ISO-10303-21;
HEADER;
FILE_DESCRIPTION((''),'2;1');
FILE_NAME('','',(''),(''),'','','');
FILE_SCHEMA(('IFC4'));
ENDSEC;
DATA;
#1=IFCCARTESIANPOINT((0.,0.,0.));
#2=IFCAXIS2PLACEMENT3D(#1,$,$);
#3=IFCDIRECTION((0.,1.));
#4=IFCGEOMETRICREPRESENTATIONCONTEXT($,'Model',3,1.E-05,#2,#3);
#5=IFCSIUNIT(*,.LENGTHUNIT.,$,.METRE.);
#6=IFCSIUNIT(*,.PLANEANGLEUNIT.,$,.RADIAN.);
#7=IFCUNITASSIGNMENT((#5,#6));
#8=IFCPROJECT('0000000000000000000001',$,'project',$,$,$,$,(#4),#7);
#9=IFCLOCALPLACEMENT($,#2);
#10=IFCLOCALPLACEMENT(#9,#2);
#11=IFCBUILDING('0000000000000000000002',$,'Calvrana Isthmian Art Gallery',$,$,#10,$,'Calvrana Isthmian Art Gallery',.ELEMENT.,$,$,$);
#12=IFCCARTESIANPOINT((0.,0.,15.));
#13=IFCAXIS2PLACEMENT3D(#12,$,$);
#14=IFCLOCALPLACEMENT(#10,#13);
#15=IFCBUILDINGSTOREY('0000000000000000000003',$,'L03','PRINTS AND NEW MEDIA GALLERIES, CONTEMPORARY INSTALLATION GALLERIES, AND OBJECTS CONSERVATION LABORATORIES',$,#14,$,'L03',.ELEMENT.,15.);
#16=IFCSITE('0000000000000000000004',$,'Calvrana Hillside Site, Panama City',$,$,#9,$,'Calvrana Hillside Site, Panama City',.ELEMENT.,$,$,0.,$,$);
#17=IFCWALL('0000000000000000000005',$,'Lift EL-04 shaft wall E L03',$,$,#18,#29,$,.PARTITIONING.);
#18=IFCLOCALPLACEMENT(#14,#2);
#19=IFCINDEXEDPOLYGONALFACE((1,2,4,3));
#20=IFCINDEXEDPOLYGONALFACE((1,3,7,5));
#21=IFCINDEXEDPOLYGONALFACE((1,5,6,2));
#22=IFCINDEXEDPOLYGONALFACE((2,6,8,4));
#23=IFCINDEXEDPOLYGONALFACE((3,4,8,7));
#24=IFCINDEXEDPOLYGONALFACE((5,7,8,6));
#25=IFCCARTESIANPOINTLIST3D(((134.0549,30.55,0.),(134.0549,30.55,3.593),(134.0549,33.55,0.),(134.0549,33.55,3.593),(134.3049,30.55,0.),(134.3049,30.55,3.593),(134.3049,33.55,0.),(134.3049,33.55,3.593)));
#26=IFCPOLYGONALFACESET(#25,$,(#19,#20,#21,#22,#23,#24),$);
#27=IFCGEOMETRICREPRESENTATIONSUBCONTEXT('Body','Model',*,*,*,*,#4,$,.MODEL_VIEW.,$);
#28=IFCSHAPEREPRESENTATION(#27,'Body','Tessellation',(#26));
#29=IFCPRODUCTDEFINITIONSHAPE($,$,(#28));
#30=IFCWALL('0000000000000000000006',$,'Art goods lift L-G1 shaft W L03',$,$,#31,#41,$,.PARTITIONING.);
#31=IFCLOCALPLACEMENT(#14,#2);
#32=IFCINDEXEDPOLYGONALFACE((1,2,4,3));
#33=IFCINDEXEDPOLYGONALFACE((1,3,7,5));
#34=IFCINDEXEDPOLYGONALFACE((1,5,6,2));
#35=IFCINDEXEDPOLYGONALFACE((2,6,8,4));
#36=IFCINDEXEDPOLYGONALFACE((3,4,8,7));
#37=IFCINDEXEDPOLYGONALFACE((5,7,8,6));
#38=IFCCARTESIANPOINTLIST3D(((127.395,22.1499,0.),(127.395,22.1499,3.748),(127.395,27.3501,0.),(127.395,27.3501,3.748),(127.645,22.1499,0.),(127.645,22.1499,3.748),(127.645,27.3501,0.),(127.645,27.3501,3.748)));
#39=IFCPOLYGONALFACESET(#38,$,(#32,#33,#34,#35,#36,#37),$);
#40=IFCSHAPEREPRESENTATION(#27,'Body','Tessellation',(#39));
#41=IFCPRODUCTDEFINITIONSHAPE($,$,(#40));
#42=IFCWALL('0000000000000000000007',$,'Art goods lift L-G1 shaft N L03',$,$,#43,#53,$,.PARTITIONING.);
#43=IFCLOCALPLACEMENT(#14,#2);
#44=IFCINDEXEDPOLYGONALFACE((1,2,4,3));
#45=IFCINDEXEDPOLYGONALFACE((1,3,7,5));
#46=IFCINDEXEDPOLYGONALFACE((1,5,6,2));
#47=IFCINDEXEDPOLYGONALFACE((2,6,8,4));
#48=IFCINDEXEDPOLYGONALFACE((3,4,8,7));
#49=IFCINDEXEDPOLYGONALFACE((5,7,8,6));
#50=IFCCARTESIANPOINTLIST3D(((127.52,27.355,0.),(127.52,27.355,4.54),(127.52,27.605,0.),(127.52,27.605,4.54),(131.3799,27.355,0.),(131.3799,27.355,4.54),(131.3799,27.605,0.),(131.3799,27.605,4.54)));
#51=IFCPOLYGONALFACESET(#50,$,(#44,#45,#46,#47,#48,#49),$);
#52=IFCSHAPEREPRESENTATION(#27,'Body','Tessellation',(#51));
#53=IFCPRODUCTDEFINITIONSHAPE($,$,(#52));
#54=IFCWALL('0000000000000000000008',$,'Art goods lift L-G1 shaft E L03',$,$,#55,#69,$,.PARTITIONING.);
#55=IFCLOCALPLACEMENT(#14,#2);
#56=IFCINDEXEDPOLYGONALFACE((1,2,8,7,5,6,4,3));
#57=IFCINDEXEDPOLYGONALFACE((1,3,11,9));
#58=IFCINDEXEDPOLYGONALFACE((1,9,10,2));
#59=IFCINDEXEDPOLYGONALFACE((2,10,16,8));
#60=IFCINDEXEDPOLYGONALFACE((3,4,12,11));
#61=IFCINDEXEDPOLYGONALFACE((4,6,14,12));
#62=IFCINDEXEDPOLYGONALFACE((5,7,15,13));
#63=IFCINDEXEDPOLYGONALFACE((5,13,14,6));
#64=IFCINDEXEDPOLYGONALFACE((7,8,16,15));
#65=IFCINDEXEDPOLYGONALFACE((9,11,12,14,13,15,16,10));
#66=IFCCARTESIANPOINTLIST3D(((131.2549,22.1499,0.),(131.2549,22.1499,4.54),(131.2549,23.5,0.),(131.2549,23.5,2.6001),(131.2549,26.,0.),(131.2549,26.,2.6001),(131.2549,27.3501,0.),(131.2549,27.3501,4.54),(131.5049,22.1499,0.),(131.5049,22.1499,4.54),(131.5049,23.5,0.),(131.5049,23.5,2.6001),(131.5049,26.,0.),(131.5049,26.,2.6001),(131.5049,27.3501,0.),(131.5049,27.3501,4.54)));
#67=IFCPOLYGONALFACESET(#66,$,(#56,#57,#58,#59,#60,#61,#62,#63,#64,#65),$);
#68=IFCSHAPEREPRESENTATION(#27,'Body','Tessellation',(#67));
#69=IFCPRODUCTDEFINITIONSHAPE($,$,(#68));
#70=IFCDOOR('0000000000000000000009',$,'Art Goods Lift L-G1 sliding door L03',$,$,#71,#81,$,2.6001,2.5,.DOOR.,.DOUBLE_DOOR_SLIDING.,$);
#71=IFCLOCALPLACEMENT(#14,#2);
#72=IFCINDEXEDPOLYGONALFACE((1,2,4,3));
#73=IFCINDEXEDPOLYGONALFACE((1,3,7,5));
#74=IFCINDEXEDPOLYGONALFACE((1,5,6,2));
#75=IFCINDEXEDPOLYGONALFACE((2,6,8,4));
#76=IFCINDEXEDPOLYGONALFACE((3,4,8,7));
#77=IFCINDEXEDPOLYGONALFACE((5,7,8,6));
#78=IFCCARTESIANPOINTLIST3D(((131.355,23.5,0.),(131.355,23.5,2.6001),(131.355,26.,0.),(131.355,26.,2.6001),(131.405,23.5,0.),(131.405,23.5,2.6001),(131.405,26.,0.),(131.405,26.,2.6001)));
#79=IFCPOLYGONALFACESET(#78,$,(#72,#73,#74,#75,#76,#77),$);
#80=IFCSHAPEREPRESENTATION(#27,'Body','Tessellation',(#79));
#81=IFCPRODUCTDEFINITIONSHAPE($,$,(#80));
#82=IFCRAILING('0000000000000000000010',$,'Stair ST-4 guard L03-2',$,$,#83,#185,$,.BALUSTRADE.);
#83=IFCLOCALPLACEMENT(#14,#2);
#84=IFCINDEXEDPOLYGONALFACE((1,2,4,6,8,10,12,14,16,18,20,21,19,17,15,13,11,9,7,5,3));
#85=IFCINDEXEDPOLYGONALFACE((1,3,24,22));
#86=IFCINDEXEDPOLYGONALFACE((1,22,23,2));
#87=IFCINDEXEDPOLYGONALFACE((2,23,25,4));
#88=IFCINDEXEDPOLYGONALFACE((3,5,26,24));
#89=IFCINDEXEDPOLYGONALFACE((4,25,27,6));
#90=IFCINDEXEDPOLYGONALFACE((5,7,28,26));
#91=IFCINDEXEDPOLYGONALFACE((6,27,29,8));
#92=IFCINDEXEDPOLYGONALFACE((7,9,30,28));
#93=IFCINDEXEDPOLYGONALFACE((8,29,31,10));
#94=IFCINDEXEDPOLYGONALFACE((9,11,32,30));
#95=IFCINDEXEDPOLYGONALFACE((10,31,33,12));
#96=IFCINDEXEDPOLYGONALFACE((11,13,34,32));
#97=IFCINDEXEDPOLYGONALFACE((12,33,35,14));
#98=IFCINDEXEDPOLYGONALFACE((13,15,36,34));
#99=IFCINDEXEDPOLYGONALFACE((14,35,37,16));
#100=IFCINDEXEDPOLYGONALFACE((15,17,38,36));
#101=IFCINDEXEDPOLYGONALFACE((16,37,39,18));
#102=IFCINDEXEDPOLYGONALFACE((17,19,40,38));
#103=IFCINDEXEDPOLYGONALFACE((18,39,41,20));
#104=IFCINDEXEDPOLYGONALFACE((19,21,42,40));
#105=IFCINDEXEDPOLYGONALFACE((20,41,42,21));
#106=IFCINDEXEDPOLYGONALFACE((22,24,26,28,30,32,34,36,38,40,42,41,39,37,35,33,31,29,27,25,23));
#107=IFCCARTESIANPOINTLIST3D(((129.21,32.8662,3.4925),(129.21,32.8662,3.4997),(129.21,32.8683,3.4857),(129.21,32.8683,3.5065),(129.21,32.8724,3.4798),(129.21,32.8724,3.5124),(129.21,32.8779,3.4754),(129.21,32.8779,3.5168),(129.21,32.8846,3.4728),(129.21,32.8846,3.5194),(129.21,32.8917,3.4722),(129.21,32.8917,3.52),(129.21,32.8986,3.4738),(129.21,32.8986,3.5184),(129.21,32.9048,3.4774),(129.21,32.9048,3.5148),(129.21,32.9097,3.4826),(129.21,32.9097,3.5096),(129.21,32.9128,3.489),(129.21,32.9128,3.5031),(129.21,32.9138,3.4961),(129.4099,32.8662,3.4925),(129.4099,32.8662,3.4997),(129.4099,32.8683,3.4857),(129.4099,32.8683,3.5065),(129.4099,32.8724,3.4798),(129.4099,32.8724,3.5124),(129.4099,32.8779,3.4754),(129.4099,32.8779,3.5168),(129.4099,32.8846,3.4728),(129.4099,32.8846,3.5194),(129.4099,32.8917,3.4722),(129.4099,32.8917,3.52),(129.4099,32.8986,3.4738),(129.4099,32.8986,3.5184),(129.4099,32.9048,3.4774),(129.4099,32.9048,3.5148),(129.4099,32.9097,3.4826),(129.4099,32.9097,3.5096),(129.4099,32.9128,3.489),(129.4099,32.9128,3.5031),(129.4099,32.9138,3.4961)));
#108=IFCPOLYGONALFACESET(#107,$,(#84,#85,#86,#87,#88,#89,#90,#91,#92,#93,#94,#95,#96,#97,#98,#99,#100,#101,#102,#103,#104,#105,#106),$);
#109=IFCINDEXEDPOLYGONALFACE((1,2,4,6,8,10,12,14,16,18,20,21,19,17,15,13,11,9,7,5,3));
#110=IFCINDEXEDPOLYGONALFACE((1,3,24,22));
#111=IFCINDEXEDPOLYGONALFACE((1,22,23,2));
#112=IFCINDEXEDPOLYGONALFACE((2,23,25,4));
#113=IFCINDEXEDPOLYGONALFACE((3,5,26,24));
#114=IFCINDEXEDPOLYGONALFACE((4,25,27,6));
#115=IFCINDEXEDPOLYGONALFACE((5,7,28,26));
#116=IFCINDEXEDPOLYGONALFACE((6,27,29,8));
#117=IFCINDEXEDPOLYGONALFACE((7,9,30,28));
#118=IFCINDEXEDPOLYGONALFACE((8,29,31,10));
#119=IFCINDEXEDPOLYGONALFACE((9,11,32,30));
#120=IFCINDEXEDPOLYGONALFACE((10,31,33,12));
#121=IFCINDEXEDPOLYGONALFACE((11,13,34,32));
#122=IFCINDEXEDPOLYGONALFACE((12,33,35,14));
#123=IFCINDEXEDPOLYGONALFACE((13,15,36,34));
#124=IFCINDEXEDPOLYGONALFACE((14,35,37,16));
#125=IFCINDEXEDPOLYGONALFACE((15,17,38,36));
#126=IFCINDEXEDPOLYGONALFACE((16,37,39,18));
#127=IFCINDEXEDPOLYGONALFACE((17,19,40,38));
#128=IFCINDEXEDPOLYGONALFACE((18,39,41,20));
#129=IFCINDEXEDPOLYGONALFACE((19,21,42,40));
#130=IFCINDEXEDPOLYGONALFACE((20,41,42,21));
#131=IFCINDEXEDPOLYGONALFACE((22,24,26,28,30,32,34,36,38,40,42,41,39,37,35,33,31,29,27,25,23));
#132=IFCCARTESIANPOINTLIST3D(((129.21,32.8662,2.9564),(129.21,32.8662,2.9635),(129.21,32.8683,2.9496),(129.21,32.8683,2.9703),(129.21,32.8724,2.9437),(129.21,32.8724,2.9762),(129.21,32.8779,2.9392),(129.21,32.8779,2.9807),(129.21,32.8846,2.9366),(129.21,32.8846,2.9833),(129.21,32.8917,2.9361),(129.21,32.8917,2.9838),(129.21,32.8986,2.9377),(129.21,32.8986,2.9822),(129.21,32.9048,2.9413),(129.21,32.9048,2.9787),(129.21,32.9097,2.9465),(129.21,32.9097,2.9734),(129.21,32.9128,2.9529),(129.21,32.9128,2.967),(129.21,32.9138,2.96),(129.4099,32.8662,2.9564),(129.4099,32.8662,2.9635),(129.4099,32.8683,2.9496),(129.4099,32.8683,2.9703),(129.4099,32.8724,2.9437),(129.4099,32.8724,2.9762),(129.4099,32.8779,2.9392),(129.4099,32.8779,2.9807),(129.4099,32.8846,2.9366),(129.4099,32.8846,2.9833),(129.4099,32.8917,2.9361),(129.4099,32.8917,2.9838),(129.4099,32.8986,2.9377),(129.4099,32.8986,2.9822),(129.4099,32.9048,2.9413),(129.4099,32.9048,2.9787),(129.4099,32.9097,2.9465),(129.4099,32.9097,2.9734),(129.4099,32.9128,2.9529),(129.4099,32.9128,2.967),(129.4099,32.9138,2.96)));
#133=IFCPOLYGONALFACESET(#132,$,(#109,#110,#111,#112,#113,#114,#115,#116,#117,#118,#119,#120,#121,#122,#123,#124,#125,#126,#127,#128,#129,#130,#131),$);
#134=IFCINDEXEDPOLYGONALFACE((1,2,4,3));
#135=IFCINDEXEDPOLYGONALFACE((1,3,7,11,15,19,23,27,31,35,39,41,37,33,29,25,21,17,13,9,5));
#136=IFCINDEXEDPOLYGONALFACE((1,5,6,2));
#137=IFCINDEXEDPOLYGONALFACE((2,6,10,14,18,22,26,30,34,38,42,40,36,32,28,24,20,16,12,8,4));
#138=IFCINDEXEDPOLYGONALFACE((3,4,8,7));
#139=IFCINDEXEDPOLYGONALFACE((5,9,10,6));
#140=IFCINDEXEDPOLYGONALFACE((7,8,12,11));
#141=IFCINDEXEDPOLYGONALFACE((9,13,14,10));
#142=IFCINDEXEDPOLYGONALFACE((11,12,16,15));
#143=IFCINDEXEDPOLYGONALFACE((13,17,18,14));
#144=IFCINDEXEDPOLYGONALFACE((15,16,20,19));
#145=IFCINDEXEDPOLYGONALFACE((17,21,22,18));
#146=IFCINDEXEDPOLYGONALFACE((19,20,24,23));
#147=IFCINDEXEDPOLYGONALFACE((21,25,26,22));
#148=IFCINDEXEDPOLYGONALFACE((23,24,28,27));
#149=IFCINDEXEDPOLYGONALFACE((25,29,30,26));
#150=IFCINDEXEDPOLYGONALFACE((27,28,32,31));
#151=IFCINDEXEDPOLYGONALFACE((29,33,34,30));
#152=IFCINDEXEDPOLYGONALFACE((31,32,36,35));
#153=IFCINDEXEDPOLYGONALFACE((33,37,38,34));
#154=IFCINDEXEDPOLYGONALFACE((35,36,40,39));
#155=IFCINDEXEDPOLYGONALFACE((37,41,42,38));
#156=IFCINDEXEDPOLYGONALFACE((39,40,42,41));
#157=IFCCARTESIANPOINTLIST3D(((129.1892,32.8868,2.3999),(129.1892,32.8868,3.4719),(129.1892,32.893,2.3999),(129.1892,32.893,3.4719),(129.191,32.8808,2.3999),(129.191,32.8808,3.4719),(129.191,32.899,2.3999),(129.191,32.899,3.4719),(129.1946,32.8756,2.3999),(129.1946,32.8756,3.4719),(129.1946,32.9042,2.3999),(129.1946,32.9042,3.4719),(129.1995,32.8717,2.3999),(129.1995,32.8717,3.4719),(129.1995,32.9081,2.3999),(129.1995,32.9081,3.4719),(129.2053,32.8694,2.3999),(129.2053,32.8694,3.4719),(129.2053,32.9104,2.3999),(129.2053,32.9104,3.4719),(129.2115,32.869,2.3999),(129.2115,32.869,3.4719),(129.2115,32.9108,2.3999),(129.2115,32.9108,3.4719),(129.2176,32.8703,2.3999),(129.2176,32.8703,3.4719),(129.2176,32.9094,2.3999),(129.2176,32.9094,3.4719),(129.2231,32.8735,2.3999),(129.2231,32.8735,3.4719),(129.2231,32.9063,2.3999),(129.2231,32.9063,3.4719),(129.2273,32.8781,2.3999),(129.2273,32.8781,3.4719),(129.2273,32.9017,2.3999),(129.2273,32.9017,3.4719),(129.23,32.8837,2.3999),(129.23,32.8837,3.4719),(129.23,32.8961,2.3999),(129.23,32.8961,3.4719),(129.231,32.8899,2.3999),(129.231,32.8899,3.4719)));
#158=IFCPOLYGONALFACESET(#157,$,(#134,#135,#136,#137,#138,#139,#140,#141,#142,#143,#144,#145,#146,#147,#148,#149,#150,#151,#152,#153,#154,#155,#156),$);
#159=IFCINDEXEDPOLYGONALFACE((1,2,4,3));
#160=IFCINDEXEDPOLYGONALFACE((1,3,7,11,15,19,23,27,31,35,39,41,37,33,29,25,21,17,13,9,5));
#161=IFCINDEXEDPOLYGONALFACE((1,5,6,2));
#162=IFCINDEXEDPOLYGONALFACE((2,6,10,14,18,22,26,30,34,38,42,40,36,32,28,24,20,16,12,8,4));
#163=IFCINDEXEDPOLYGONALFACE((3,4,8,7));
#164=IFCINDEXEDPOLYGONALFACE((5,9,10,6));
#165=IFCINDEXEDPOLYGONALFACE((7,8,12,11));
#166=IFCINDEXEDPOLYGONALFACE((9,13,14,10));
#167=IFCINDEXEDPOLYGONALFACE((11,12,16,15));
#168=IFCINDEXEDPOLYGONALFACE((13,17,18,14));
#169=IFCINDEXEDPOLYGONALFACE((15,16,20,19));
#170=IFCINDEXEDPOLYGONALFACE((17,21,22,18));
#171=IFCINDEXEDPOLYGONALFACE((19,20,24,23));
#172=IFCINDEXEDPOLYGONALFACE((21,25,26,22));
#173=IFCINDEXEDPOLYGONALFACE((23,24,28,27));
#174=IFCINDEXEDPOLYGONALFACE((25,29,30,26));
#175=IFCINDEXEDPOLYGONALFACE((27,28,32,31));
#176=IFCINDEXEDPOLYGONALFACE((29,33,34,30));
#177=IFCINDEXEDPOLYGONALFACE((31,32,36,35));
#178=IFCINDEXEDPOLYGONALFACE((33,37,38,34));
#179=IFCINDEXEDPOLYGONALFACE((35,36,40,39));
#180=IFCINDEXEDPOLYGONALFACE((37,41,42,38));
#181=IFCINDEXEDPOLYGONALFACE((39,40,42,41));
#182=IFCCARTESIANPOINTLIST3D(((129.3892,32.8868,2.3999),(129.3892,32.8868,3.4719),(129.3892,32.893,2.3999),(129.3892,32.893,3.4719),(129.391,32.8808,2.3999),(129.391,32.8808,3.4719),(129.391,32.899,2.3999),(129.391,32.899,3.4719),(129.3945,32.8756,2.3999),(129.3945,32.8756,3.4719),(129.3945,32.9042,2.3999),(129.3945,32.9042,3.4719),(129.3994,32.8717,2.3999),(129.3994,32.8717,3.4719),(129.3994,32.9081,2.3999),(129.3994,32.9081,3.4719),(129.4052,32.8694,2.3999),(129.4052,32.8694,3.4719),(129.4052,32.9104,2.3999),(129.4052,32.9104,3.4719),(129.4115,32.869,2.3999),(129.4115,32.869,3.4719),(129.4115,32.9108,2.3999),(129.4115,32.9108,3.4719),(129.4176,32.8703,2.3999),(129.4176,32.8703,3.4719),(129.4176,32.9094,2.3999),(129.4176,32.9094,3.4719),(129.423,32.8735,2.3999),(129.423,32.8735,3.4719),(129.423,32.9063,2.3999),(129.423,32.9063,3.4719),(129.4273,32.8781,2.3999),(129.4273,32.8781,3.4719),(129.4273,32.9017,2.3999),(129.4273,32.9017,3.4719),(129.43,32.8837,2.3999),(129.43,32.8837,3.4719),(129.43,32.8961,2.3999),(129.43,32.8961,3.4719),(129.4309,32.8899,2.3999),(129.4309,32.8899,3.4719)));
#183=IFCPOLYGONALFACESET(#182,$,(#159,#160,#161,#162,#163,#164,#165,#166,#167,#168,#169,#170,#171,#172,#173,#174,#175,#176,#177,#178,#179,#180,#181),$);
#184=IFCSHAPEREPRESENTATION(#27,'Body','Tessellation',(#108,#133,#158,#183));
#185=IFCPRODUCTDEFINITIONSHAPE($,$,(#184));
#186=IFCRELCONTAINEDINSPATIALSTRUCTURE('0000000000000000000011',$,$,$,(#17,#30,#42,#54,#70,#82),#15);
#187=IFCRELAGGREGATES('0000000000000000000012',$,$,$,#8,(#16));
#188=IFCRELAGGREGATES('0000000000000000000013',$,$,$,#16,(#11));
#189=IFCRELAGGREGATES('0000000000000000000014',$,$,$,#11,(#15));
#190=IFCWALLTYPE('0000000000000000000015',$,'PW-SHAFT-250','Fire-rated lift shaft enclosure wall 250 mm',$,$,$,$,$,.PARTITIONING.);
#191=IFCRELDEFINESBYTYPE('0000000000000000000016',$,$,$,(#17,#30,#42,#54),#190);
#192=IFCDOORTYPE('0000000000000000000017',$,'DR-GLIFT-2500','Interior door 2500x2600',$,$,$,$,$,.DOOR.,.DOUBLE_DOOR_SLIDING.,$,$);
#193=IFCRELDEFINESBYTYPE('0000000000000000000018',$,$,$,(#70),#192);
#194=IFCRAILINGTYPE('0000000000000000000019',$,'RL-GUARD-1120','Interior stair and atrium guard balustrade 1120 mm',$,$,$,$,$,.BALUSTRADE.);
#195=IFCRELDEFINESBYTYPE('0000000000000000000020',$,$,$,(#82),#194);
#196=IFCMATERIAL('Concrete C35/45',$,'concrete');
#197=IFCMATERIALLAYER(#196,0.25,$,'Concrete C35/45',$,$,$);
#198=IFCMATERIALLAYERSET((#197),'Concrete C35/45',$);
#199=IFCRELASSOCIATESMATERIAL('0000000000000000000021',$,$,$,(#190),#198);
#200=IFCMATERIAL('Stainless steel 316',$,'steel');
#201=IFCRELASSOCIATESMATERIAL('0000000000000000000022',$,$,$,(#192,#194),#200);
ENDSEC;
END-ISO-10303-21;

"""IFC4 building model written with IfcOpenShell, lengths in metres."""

from ifc_helpers import new_model, si_unit, direction, frame, frame_2d, origin, origin_2d, place, context, subcontext, project, spatial, rectangle, circle, extrude, material, layer, layer_set, type_object, element, fill, save


model = new_model("IFC4")

# Units and contexts
model_context = context("Model", 3, precision=1e-05, world=origin(), true_north=direction((0.0, 1.0)))
body_context = subcontext(model_context, "Body", "Model", "MODEL_VIEW")
ifc_project = project(units=[si_unit("LENGTHUNIT", "METRE"), si_unit("PLANEANGLEUNIT", "RADIAN")], contexts=[model_context])

# Site, building, storey
site_placement = place(None, origin())
site = spatial("IfcSite", under=ifc_project, at=site_placement, Name="Calvrana Hillside Site, Panama City", LongName="Calvrana Hillside Site, Panama City", CompositionType="ELEMENT", RefElevation=0.0)
building_placement = place(site_placement, origin())
building = spatial("IfcBuilding", under=site, at=building_placement, Name="Calvrana Isthmian Art Gallery", LongName="Calvrana Isthmian Art Gallery", CompositionType="ELEMENT")
storey_placement = place(building_placement, frame((0.0, 0.0, 15.0)))
storey = spatial("IfcBuildingStorey", under=building, at=storey_placement, Name="L03", Description="PRINTS AND NEW MEDIA GALLERIES, CONTEMPORARY INSTALLATION GALLERIES, AND OBJECTS CONSERVATION LABORATORIES", LongName="L03", CompositionType="ELEMENT", Elevation=15.0)

# Walls
ifc_material_1 = material(Name="Concrete C35/45", Category="concrete")
ifc_layer_1 = layer(ifc_material_1, 0.25, Name="Concrete C35/45")
ifc_layer_set_1 = layer_set([ifc_layer_1], Name="Concrete C35/45")
wall_type_1 = type_object("IfcWallType", Name="PW-SHAFT-250", Description="Fire-rated lift shaft enclosure wall 250 mm", PredefinedType="PARTITIONING", material=ifc_layer_set_1)
wall_1_placement = place(storey_placement, frame((134.1799, 30.55, 0.0), z_axis=(0.0, 0.0, 1.0), x_axis=(0.0, 1.0, 0.0)))
element("IfcWall", 1, at=wall_1_placement, inside=storey, type_object=wall_type_1, Name="Lift EL-04 shaft wall E L03", PredefinedType="PARTITIONING", context=body_context, shape_type="SweptSolid", body=[
    extrude(rectangle(XDim=3.0, YDim=0.25, at=frame_2d((1.5, 0.0))), origin(), (0.0, 0.0, 1.0), 3.593),
])
wall_2_placement = place(storey_placement, frame((127.52, 22.1499, 0.0), z_axis=(0.0, 0.0, 1.0), x_axis=(0.0, 1.0, 0.0)))
element("IfcWall", 2, at=wall_2_placement, inside=storey, type_object=wall_type_1, Name="Art goods lift L-G1 shaft W L03", PredefinedType="PARTITIONING", context=body_context, shape_type="SweptSolid", body=[
    extrude(rectangle(XDim=5.2002, YDim=0.25, at=frame_2d((2.6001, 0.0))), origin(), (0.0, 0.0, 1.0), 3.748),
])
wall_3_placement = place(storey_placement, frame((127.52, 27.48, 0.0), z_axis=(0.0, 0.0, 1.0), x_axis=(1.0, 0.0, 0.0)))
element("IfcWall", 3, at=wall_3_placement, inside=storey, type_object=wall_type_1, Name="Art goods lift L-G1 shaft N L03", PredefinedType="PARTITIONING", context=body_context, shape_type="SweptSolid", body=[
    extrude(rectangle(XDim=3.8599, YDim=0.25, at=frame_2d((1.9299, 0.0))), origin(), (0.0, 0.0, 1.0), 4.54),
])

# Wall, opening, door
wall_4_placement = place(storey_placement, frame((131.3799, 22.1499, 0.0), z_axis=(0.0, 0.0, 1.0), x_axis=(0.0, 1.0, 0.0)))
wall_4 = element("IfcWall", 4, at=wall_4_placement, inside=storey, type_object=wall_type_1, Name="Art goods lift L-G1 shaft E L03", PredefinedType="PARTITIONING", context=body_context, shape_type="SweptSolid", body=[
    extrude(rectangle(XDim=5.2002, YDim=0.25, at=frame_2d((2.6001, 0.0))), origin(), (0.0, 0.0, 1.0), 4.54),
])
opening_1_placement = place(wall_4_placement, frame((1.3501, 0.0, 0.0)))
opening_1 = element("IfcOpeningElement", 5, at=opening_1_placement, cuts=wall_4, PredefinedType="OPENING", context=body_context, shape_type="SweptSolid", body=[
    extrude(rectangle(XDim=2.5, YDim=2.6001, at=frame_2d((1.25, 1.3))), frame((0.0, 0.1353, 0.0), z_axis=(0.0, -1.0, 0.0), x_axis=(1.0, 0.0, 0.0)), (0.0, 0.0, 1.0), 0.2705),
])
ifc_material_2 = material(Name="Stainless steel 316", Category="steel")
door_type_1 = type_object("IfcDoorType", Name="DR-GLIFT-2500", Description="Interior door 2500x2600", OperationType="DOUBLE_DOOR_SLIDING", PredefinedType="DOOR", material=ifc_material_2)
door_1_placement = place(opening_1_placement, origin())
door_1 = element("IfcDoor", 6, at=door_1_placement, inside=storey, type_object=door_type_1, Name="Art Goods Lift L-G1 sliding door L03", OperationType="DOUBLE_DOOR_SLIDING", OverallHeight=2.6001, OverallWidth=2.5, PredefinedType="DOOR", context=body_context, shape_type="SweptSolid", body=[
    extrude(rectangle(XDim=2.5, YDim=2.6001, at=frame_2d((1.25, 1.3))), frame((0.0, 0.0249, 0.0), z_axis=(0.0, -1.0, 0.0), x_axis=(1.0, 0.0, 0.0)), (0.0, 0.0, 1.0), 0.05),
])
fill(opening_1, door_1)

# Railing
railing_type = type_object("IfcRailingType", Name="RL-GUARD-1120", Description="Interior stair and atrium guard balustrade 1120 mm", PredefinedType="BALUSTRADE", material=ifc_material_2)
railing_placement = place(storey_placement, frame((129.21, 32.8899, 2.3999)))
element("IfcRailing", 7, at=railing_placement, inside=storey, type_object=railing_type, Name="Stair ST-4 guard L03-2", PredefinedType="BALUSTRADE", context=body_context, shape_type="SweptSolid", body=[
    extrude(circle(Radius=0.0239, at=origin_2d()), frame((0.0, 0.0, 1.0962), z_axis=(1.0, 0.0, 0.0), x_axis=(0.0, 1.0, 0.0)), (0.0, 0.0, 1.0), 0.2),
    extrude(circle(Radius=0.0239, at=origin_2d()), frame((0.0, 0.0, 0.5601), z_axis=(1.0, 0.0, 0.0), x_axis=(0.0, 1.0, 0.0)), (0.0, 0.0, 1.0), 0.2),
    extrude(circle(Radius=0.021, at=origin_2d()), origin(), (0.0, 0.0, 1.0), 1.072),
    extrude(circle(Radius=0.021, at=origin_2d()), frame((0.2, 0.0, 0.0)), (0.0, 0.0, 1.0), 1.072),
])

save(model, "model.ifc")
